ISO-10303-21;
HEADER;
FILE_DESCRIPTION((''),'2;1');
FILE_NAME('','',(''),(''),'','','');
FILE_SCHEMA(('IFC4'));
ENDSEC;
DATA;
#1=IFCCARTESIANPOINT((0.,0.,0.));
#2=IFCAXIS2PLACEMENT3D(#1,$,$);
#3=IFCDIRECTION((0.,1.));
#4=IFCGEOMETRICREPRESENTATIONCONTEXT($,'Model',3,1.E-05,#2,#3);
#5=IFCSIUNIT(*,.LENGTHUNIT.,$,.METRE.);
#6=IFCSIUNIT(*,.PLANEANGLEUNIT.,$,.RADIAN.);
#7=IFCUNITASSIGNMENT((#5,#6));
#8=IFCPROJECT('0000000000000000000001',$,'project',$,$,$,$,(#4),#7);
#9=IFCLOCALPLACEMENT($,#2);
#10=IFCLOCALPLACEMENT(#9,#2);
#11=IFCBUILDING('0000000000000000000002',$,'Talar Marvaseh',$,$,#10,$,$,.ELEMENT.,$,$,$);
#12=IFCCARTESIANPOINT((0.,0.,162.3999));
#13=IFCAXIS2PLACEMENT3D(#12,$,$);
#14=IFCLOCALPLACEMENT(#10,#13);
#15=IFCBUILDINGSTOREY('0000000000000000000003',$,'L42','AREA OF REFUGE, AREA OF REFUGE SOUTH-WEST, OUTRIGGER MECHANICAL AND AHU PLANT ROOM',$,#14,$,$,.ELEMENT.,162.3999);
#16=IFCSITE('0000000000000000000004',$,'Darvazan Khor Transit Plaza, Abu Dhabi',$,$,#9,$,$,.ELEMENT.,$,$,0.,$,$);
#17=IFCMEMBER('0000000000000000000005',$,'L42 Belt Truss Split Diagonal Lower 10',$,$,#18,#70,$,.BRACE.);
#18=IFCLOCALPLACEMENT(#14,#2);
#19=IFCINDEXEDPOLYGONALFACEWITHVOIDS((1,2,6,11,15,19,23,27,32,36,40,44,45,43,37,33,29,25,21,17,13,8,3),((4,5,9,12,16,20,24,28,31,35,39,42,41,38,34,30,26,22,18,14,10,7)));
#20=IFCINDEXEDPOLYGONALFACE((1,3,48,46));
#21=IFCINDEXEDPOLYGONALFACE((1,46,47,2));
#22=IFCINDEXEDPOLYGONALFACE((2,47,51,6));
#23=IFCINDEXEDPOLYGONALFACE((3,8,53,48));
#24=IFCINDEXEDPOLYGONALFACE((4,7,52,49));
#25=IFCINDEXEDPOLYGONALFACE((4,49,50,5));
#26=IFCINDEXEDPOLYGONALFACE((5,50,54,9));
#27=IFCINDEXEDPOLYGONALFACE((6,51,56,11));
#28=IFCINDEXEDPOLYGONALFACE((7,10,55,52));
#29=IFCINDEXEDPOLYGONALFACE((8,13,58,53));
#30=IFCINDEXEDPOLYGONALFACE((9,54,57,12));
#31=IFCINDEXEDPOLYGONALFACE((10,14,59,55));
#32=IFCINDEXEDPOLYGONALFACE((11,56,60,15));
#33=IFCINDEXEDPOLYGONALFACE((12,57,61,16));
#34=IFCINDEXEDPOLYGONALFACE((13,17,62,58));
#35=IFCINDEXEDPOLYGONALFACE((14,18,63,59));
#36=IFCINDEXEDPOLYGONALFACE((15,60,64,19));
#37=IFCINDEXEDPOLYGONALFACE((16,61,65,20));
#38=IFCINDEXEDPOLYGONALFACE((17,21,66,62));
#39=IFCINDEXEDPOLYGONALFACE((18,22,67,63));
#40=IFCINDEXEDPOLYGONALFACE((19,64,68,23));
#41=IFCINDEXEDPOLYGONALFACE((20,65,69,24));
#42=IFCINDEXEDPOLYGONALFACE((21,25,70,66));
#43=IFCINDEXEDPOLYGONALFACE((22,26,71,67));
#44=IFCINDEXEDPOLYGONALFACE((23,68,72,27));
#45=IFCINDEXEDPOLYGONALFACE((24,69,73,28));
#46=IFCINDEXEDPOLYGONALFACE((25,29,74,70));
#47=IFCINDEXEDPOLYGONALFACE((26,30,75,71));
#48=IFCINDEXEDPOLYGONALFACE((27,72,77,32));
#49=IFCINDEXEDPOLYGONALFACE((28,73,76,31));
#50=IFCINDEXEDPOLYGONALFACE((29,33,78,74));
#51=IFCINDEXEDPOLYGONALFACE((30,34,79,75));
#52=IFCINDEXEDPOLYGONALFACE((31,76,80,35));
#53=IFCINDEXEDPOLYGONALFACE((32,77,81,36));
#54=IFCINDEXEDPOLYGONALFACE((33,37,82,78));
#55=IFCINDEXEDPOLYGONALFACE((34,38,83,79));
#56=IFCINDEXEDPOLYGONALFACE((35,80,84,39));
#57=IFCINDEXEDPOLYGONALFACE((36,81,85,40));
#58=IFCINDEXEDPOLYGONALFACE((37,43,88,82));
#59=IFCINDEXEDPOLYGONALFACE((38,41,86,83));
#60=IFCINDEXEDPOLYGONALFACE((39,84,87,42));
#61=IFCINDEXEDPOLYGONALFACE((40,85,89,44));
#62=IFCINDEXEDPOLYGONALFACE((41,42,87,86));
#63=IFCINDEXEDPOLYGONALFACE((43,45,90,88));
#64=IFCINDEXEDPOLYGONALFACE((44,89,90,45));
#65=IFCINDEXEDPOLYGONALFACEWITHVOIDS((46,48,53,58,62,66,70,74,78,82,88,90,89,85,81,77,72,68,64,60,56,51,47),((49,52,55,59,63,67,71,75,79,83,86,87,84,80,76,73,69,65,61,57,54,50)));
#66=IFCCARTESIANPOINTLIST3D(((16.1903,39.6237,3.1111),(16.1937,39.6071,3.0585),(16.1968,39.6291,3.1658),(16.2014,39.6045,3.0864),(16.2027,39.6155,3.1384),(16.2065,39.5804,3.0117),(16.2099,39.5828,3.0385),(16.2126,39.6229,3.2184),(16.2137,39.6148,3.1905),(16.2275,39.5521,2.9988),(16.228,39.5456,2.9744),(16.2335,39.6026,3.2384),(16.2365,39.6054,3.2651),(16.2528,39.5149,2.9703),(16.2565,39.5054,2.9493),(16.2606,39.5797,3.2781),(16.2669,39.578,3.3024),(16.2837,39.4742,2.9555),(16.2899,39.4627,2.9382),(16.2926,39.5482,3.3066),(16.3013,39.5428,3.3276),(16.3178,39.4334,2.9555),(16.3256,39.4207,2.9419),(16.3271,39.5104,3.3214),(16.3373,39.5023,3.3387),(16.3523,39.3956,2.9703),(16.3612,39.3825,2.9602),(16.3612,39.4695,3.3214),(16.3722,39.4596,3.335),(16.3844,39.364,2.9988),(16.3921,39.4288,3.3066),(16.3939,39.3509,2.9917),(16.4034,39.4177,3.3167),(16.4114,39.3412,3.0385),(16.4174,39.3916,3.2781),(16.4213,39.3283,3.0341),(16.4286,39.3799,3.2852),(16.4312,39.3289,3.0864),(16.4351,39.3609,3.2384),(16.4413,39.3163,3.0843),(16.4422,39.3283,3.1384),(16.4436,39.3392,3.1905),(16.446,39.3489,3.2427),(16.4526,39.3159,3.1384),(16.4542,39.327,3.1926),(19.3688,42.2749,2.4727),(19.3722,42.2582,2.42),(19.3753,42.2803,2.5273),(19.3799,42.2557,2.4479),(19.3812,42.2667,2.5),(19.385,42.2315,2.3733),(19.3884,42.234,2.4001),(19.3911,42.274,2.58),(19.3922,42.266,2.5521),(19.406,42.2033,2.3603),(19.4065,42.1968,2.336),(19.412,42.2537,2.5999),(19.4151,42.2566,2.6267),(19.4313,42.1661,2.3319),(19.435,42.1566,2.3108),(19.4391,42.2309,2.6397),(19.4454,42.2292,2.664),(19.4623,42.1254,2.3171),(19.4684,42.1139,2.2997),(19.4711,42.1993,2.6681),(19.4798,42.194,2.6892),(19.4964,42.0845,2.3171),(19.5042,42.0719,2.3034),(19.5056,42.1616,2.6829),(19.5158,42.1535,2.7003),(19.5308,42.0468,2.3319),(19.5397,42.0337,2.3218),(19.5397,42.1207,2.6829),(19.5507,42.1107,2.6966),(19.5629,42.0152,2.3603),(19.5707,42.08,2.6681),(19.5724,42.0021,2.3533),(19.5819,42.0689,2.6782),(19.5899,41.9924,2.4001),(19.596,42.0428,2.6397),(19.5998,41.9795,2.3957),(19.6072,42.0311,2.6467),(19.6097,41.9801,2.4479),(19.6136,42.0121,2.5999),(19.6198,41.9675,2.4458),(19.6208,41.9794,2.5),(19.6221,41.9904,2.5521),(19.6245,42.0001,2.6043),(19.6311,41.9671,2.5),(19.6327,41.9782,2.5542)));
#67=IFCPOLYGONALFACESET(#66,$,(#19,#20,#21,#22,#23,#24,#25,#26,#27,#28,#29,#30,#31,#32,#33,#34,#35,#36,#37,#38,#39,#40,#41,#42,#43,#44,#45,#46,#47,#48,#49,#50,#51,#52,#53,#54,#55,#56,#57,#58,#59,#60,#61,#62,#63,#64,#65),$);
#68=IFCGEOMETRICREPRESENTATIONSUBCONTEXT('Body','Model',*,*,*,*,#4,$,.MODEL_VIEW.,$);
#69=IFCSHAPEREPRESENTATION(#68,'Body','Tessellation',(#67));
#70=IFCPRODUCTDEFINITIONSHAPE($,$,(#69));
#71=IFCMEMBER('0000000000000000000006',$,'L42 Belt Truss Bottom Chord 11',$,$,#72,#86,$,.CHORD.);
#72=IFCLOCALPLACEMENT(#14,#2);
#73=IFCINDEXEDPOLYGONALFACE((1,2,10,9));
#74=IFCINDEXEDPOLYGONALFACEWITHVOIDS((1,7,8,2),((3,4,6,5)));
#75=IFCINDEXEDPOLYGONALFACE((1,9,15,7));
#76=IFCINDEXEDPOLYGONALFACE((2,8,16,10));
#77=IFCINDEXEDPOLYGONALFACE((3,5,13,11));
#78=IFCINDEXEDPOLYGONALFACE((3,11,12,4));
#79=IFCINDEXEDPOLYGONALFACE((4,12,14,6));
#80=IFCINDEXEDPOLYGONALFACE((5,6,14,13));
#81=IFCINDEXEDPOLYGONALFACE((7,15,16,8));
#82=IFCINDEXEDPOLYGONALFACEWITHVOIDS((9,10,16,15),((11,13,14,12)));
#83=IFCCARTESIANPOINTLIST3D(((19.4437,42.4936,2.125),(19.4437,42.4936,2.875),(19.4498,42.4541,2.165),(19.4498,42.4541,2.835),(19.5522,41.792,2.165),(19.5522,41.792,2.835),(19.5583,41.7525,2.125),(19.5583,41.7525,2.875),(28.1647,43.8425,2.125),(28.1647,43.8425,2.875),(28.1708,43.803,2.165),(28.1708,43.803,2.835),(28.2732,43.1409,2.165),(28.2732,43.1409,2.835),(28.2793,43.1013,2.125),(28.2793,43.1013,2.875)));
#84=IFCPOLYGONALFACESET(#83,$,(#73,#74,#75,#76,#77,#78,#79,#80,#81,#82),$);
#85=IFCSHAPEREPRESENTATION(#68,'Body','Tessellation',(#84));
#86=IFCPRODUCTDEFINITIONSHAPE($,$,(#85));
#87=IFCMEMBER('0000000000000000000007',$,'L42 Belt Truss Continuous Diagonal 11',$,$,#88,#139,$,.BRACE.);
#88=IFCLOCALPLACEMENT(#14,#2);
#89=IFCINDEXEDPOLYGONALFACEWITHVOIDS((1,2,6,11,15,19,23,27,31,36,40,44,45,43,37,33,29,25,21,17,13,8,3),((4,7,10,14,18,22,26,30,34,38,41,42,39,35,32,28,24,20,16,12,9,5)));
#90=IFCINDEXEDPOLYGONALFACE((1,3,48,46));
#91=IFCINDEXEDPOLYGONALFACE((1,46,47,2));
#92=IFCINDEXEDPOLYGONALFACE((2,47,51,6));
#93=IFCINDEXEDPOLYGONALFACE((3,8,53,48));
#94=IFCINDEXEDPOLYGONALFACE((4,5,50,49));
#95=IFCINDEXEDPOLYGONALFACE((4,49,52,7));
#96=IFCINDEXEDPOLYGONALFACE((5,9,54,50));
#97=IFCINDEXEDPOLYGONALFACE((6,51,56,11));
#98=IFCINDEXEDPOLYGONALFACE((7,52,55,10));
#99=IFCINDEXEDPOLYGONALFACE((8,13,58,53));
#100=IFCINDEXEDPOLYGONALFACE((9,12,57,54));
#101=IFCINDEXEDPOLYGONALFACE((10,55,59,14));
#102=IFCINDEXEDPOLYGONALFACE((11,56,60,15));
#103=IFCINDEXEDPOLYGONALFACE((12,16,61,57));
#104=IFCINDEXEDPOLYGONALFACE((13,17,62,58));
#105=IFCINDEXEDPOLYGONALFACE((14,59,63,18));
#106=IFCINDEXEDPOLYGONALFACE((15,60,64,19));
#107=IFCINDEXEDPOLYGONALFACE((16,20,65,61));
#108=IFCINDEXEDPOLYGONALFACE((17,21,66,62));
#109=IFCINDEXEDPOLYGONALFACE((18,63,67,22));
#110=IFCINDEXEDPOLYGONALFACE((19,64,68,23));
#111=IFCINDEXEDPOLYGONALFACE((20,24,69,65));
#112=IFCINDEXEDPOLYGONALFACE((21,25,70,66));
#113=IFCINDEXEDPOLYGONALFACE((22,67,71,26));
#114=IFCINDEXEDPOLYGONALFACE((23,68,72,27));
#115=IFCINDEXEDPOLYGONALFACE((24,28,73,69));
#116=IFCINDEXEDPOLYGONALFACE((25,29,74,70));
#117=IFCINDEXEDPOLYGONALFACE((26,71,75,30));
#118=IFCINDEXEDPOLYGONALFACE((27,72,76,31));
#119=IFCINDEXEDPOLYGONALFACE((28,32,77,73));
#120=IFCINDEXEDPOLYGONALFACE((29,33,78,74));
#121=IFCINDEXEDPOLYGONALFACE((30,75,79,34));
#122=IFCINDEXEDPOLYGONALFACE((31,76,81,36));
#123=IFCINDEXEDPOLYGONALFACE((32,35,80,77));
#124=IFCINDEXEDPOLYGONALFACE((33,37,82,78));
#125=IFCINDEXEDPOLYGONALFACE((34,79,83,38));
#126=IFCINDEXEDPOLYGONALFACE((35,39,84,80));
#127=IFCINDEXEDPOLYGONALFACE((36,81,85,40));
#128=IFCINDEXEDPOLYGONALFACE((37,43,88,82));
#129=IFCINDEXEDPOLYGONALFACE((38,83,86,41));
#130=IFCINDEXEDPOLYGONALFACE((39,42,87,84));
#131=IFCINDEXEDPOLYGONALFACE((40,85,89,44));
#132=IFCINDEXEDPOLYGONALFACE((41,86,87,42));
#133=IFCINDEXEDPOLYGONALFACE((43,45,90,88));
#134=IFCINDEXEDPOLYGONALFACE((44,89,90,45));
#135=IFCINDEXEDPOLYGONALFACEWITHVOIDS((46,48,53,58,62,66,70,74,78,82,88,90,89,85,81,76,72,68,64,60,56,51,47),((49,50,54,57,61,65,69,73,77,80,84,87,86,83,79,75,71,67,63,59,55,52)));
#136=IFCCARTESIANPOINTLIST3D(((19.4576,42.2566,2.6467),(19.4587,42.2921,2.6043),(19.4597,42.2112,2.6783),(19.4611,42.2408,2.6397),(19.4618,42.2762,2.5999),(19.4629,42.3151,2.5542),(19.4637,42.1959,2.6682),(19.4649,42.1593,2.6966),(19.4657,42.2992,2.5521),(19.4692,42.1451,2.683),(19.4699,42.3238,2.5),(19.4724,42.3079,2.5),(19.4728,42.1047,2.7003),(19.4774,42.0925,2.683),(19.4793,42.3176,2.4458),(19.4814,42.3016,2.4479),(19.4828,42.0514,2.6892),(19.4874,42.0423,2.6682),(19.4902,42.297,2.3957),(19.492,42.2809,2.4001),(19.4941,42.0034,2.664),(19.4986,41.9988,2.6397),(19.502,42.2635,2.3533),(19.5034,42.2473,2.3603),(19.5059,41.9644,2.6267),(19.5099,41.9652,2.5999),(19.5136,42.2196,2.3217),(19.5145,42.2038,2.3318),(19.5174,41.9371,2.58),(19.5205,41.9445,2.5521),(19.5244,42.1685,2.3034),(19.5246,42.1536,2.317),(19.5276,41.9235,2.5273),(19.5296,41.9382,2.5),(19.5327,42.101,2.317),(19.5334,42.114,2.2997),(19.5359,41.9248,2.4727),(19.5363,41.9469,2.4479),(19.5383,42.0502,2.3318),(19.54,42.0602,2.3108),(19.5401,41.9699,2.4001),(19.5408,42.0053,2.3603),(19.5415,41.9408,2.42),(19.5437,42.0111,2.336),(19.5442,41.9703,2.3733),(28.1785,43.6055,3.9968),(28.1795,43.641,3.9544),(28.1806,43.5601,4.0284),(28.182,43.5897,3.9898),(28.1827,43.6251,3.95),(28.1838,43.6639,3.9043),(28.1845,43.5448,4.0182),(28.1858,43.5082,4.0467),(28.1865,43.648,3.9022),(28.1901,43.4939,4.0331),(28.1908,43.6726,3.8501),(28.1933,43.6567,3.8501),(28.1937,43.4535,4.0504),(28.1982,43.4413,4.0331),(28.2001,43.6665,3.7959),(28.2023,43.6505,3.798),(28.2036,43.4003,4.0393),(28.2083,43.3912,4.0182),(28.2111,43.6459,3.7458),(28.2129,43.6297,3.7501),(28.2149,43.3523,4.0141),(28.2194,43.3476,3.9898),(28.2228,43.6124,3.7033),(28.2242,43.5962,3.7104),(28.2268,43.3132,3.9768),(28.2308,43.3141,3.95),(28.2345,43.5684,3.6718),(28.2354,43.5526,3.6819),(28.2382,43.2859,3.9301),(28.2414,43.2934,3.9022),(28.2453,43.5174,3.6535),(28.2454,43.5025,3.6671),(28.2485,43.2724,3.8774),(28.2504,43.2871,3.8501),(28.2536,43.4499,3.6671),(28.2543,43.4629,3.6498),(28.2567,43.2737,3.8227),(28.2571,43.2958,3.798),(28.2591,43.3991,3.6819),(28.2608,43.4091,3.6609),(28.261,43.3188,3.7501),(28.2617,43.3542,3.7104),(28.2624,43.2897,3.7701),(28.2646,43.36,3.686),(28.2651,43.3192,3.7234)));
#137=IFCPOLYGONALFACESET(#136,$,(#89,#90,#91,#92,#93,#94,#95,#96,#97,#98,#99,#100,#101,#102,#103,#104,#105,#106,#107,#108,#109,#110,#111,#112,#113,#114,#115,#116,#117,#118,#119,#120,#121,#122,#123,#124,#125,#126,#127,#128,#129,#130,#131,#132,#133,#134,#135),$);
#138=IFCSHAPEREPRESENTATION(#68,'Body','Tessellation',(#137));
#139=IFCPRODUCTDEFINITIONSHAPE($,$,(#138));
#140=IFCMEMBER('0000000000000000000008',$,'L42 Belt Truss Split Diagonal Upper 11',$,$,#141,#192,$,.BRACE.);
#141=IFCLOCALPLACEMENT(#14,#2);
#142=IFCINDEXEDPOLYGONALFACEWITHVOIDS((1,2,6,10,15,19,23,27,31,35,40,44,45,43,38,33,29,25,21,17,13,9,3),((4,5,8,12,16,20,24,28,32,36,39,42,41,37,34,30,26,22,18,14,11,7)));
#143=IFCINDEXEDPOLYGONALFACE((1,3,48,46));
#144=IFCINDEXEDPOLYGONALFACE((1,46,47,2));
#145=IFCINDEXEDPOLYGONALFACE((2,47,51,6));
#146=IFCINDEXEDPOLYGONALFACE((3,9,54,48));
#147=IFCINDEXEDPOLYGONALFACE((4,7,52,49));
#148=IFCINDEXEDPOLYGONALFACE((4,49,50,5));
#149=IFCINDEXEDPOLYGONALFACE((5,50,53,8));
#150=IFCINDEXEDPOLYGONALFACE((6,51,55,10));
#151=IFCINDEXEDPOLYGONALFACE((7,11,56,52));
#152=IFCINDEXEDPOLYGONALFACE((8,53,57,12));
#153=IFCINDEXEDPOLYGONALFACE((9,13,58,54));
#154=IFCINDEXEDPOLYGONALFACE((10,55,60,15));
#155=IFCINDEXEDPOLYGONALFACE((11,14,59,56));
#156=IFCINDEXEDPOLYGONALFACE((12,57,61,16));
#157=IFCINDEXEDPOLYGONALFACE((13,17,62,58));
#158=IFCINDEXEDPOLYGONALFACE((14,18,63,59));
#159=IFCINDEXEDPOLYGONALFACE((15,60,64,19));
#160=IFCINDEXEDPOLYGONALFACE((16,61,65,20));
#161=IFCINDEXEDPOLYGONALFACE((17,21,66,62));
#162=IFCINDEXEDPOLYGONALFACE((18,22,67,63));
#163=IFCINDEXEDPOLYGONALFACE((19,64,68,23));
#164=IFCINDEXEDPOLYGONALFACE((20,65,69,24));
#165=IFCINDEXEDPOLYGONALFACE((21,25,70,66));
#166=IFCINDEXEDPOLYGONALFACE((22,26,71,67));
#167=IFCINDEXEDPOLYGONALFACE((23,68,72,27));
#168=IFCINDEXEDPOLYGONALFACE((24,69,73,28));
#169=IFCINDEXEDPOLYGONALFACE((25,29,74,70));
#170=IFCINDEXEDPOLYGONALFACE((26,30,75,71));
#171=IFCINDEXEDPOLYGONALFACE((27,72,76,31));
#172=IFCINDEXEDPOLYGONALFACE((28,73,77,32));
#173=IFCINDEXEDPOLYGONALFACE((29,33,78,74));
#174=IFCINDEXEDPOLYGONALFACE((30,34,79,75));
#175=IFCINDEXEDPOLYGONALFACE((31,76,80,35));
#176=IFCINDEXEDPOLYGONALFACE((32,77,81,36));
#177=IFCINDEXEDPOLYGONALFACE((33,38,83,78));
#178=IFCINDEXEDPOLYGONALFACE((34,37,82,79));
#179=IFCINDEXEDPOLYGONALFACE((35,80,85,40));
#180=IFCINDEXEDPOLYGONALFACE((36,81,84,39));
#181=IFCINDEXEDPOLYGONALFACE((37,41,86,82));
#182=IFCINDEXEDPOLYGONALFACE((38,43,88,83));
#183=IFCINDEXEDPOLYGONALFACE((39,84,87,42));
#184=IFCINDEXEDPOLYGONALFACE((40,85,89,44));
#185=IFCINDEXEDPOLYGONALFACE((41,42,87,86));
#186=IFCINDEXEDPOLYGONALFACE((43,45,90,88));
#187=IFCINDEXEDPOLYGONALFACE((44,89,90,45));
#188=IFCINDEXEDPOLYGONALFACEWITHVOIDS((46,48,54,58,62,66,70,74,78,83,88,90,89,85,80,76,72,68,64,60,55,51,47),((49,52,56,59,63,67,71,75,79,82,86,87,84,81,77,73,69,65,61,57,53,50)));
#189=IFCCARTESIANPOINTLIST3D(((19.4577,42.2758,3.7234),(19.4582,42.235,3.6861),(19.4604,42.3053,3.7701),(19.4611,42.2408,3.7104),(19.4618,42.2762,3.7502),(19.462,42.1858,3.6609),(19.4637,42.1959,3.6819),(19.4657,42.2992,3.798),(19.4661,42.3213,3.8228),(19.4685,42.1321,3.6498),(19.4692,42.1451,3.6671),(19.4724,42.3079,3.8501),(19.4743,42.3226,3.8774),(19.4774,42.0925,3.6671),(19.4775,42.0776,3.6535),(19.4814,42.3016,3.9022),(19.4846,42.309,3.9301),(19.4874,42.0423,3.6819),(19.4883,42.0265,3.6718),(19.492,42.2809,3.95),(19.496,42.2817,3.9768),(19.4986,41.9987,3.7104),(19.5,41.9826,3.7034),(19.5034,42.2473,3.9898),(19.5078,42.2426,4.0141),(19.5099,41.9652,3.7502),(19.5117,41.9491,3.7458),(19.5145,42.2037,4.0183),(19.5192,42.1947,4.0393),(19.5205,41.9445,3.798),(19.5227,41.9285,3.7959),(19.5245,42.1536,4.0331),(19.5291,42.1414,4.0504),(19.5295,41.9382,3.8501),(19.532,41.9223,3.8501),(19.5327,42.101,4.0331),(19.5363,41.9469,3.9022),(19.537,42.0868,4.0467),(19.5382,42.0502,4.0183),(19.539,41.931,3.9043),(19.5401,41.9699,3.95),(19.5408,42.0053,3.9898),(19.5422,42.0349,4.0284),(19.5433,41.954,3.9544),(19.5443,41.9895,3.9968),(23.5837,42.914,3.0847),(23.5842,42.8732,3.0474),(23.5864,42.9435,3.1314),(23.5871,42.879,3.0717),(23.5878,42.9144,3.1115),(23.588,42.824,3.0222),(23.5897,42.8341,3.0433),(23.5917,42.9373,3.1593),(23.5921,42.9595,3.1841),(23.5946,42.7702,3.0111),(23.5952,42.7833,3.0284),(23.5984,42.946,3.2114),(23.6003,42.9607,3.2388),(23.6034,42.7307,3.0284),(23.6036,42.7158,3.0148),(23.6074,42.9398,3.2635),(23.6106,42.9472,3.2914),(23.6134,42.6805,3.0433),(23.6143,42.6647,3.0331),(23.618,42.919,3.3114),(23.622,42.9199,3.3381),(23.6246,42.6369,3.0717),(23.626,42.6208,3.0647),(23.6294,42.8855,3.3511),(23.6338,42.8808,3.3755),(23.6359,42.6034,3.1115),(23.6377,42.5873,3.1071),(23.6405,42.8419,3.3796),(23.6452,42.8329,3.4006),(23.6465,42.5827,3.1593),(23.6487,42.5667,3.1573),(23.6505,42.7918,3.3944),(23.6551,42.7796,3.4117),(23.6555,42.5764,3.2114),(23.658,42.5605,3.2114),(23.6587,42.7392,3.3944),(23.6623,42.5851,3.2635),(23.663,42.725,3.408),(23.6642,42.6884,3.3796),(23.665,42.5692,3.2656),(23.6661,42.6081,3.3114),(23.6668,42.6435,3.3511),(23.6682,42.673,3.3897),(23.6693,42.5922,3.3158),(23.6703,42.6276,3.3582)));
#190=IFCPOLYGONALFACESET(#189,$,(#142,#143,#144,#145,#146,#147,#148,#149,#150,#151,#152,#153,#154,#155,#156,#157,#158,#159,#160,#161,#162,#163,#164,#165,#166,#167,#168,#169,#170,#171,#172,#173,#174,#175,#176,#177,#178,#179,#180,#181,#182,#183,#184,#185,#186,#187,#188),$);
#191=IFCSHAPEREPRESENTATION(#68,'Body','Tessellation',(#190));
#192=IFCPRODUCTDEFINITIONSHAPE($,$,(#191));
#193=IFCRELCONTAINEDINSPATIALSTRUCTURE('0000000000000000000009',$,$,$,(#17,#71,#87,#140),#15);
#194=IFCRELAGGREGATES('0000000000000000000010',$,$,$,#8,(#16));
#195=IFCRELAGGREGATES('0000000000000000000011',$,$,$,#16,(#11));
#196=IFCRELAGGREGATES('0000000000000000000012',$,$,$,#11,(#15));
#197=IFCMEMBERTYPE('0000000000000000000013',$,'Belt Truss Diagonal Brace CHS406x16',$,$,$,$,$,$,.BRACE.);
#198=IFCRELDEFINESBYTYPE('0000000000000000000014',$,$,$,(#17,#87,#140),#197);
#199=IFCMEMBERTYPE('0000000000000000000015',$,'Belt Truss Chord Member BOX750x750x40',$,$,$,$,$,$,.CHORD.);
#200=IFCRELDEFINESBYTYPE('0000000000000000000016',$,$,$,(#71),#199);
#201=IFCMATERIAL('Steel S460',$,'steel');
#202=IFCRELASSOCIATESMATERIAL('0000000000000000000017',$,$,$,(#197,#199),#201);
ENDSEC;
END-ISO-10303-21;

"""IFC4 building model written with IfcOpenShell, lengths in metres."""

from ifc_helpers import new_model, si_unit, direction, frame, origin, origin_2d, place, context, subcontext, project, spatial, hollow_rectangle, hollow_circle, extrude, source, transform, mapped, material, material_profile, profile_set, type_object, type_shapes, element, save


model = new_model("IFC4")

# Units and contexts
model_context = context("Model", 3, precision=1e-05, world=origin(), true_north=direction((0.0, 1.0)))
body_context = subcontext(model_context, "Body", "Model", "MODEL_VIEW")
ifc_project = project(units=[si_unit("LENGTHUNIT", "METRE"), si_unit("PLANEANGLEUNIT", "RADIAN")], contexts=[model_context])

# Site, building, storey
site_placement = place(None, origin())
site = spatial("IfcSite", under=ifc_project, at=site_placement, Name="Darvazan Khor Transit Plaza, Abu Dhabi", CompositionType="ELEMENT", RefElevation=0.0)
building_placement = place(site_placement, origin())
building = spatial("IfcBuilding", under=site, at=building_placement, Name="Talar Marvaseh", CompositionType="ELEMENT")
storey_placement = place(building_placement, frame((0.0, 0.0, 162.3999)))
storey = spatial("IfcBuildingStorey", under=building, at=storey_placement, Name="L42", Description="AREA OF REFUGE, AREA OF REFUGE SOUTH-WEST, OUTRIGGER MECHANICAL AND AHU PLANT ROOM", CompositionType="ELEMENT", Elevation=162.3999)

# Shared definitions
ifc_material_1 = material(Name="Steel S460", Category="steel")

# Members
ifc_material_profile_1 = material_profile(ifc_material_1, hollow_circle(Radius=0.2031, WallThickness=0.0161, at=origin_2d()), Name="CHS406x16")
ifc_profile_set_1 = profile_set([ifc_material_profile_1], Name="Steel S460")
member_type_1 = type_object("IfcMemberType", Name="Belt Truss Diagonal Brace CHS406x16", PredefinedType="BRACE", material=ifc_profile_set_1)
shared_shape_1 = source(origin(), body_context, "Body", "SweptSolid", [
    extrude(hollow_circle(Radius=0.2031, WallThickness=0.0161, at=origin_2d()), origin(), (0.0, 0.0, 1.0), 4.188),
])
member_1_placement = place(storey_placement, frame((19.501, 42.123, 2.5), z_axis=(-0.75896, -0.63304, 0.152445), x_axis=(0.640527, -0.767936, 0.0)))
element("IfcMember", 1, at=member_1_placement, inside=storey, type_object=member_type_1, Name="L42 Belt Truss Split Diagonal Lower 10", PredefinedType="BRACE", context=body_context, shape_type="MappedRepresentation", body=[
    mapped(shared_shape_1, transform((0.0, 0.0, 0.0), x_axis=(1.0, 0.0, 0.0), y_axis=(0.0, 1.0, 0.0), z_axis=(0.0, 0.0, 1.0), scale=1.0)),
])
ifc_material_profile_2 = material_profile(ifc_material_1, hollow_rectangle(XDim=0.75, YDim=0.75, WallThickness=0.04, at=origin_2d()), Name="BOX750x750x40")
ifc_profile_set_2 = profile_set([ifc_material_profile_2], Name="Steel S460")
member_type_2 = type_object("IfcMemberType", Name="Belt Truss Chord Member BOX750x750x40", PredefinedType="CHORD", material=ifc_profile_set_2)
shared_shape_2 = source(origin(), body_context, "Body", "SweptSolid", [
    extrude(hollow_rectangle(XDim=0.75, YDim=0.75, WallThickness=0.04, at=origin_2d()), origin(), (0.0, 0.0, 1.0), 8.8247),
])
type_shapes(member_type_2, [shared_shape_2])
member_2_placement = place(storey_placement, frame((19.501, 42.123, 2.5), z_axis=(0.988249, 0.152853, 0.0), x_axis=(-0.152853, 0.988249, 0.0)))
element("IfcMember", 2, at=member_2_placement, inside=storey, type_object=member_type_2, Name="L42 Belt Truss Bottom Chord 11", PredefinedType="CHORD", context=body_context, shape_type="MappedRepresentation", body=[
    mapped(shared_shape_2, transform((0.0, 0.0, 0.0), x_axis=(1.0, 0.0, 0.0), y_axis=(0.0, 1.0, 0.0), z_axis=(0.0, 0.0, 1.0), scale=1.0)),
])
shared_shape_3 = source(origin(), body_context, "Body", "SweptSolid", [
    extrude(hollow_circle(Radius=0.2031, WallThickness=0.0161, at=origin_2d()), origin(), (0.0, 0.0, 1.0), 8.9272),
])
member_3_placement = place(storey_placement, frame((19.501, 42.123, 2.5), z_axis=(0.976882, 0.151095, 0.151232), x_axis=(-0.152853, 0.988249, 0.0)))
element("IfcMember", 3, at=member_3_placement, inside=storey, type_object=member_type_1, Name="L42 Belt Truss Continuous Diagonal 11", PredefinedType="BRACE", context=body_context, shape_type="MappedRepresentation", body=[
    mapped(shared_shape_3, transform((0.0, 0.0, 0.0), x_axis=(1.0, 0.0, 0.0), y_axis=(0.0, 1.0, 0.0), z_axis=(0.0, 0.0, 1.0), scale=1.0)),
])
shared_shape_4 = source(origin(), body_context, "Body", "SweptSolid", [
    extrude(hollow_circle(Radius=0.2031, WallThickness=0.0161, at=origin_2d()), origin(), (0.0, 0.0, 1.0), 4.2236),
])
type_shapes(member_type_1, [shared_shape_1, shared_shape_3, shared_shape_4])
member_4_placement = place(storey_placement, frame((23.627, 42.7612, 3.2114), z_axis=(-0.976884, -0.151099, 0.151215), x_axis=(0.152857, -0.988248, 0.0)))
element("IfcMember", 4, at=member_4_placement, inside=storey, type_object=member_type_1, Name="L42 Belt Truss Split Diagonal Upper 11", PredefinedType="BRACE", context=body_context, shape_type="MappedRepresentation", body=[
    mapped(shared_shape_4, transform((0.0, 0.0, 0.0), x_axis=(1.0, 0.0, 0.0), y_axis=(0.0, 1.0, 0.0), z_axis=(0.0, 0.0, 1.0), scale=1.0)),
])

save(model, "model.ifc")
